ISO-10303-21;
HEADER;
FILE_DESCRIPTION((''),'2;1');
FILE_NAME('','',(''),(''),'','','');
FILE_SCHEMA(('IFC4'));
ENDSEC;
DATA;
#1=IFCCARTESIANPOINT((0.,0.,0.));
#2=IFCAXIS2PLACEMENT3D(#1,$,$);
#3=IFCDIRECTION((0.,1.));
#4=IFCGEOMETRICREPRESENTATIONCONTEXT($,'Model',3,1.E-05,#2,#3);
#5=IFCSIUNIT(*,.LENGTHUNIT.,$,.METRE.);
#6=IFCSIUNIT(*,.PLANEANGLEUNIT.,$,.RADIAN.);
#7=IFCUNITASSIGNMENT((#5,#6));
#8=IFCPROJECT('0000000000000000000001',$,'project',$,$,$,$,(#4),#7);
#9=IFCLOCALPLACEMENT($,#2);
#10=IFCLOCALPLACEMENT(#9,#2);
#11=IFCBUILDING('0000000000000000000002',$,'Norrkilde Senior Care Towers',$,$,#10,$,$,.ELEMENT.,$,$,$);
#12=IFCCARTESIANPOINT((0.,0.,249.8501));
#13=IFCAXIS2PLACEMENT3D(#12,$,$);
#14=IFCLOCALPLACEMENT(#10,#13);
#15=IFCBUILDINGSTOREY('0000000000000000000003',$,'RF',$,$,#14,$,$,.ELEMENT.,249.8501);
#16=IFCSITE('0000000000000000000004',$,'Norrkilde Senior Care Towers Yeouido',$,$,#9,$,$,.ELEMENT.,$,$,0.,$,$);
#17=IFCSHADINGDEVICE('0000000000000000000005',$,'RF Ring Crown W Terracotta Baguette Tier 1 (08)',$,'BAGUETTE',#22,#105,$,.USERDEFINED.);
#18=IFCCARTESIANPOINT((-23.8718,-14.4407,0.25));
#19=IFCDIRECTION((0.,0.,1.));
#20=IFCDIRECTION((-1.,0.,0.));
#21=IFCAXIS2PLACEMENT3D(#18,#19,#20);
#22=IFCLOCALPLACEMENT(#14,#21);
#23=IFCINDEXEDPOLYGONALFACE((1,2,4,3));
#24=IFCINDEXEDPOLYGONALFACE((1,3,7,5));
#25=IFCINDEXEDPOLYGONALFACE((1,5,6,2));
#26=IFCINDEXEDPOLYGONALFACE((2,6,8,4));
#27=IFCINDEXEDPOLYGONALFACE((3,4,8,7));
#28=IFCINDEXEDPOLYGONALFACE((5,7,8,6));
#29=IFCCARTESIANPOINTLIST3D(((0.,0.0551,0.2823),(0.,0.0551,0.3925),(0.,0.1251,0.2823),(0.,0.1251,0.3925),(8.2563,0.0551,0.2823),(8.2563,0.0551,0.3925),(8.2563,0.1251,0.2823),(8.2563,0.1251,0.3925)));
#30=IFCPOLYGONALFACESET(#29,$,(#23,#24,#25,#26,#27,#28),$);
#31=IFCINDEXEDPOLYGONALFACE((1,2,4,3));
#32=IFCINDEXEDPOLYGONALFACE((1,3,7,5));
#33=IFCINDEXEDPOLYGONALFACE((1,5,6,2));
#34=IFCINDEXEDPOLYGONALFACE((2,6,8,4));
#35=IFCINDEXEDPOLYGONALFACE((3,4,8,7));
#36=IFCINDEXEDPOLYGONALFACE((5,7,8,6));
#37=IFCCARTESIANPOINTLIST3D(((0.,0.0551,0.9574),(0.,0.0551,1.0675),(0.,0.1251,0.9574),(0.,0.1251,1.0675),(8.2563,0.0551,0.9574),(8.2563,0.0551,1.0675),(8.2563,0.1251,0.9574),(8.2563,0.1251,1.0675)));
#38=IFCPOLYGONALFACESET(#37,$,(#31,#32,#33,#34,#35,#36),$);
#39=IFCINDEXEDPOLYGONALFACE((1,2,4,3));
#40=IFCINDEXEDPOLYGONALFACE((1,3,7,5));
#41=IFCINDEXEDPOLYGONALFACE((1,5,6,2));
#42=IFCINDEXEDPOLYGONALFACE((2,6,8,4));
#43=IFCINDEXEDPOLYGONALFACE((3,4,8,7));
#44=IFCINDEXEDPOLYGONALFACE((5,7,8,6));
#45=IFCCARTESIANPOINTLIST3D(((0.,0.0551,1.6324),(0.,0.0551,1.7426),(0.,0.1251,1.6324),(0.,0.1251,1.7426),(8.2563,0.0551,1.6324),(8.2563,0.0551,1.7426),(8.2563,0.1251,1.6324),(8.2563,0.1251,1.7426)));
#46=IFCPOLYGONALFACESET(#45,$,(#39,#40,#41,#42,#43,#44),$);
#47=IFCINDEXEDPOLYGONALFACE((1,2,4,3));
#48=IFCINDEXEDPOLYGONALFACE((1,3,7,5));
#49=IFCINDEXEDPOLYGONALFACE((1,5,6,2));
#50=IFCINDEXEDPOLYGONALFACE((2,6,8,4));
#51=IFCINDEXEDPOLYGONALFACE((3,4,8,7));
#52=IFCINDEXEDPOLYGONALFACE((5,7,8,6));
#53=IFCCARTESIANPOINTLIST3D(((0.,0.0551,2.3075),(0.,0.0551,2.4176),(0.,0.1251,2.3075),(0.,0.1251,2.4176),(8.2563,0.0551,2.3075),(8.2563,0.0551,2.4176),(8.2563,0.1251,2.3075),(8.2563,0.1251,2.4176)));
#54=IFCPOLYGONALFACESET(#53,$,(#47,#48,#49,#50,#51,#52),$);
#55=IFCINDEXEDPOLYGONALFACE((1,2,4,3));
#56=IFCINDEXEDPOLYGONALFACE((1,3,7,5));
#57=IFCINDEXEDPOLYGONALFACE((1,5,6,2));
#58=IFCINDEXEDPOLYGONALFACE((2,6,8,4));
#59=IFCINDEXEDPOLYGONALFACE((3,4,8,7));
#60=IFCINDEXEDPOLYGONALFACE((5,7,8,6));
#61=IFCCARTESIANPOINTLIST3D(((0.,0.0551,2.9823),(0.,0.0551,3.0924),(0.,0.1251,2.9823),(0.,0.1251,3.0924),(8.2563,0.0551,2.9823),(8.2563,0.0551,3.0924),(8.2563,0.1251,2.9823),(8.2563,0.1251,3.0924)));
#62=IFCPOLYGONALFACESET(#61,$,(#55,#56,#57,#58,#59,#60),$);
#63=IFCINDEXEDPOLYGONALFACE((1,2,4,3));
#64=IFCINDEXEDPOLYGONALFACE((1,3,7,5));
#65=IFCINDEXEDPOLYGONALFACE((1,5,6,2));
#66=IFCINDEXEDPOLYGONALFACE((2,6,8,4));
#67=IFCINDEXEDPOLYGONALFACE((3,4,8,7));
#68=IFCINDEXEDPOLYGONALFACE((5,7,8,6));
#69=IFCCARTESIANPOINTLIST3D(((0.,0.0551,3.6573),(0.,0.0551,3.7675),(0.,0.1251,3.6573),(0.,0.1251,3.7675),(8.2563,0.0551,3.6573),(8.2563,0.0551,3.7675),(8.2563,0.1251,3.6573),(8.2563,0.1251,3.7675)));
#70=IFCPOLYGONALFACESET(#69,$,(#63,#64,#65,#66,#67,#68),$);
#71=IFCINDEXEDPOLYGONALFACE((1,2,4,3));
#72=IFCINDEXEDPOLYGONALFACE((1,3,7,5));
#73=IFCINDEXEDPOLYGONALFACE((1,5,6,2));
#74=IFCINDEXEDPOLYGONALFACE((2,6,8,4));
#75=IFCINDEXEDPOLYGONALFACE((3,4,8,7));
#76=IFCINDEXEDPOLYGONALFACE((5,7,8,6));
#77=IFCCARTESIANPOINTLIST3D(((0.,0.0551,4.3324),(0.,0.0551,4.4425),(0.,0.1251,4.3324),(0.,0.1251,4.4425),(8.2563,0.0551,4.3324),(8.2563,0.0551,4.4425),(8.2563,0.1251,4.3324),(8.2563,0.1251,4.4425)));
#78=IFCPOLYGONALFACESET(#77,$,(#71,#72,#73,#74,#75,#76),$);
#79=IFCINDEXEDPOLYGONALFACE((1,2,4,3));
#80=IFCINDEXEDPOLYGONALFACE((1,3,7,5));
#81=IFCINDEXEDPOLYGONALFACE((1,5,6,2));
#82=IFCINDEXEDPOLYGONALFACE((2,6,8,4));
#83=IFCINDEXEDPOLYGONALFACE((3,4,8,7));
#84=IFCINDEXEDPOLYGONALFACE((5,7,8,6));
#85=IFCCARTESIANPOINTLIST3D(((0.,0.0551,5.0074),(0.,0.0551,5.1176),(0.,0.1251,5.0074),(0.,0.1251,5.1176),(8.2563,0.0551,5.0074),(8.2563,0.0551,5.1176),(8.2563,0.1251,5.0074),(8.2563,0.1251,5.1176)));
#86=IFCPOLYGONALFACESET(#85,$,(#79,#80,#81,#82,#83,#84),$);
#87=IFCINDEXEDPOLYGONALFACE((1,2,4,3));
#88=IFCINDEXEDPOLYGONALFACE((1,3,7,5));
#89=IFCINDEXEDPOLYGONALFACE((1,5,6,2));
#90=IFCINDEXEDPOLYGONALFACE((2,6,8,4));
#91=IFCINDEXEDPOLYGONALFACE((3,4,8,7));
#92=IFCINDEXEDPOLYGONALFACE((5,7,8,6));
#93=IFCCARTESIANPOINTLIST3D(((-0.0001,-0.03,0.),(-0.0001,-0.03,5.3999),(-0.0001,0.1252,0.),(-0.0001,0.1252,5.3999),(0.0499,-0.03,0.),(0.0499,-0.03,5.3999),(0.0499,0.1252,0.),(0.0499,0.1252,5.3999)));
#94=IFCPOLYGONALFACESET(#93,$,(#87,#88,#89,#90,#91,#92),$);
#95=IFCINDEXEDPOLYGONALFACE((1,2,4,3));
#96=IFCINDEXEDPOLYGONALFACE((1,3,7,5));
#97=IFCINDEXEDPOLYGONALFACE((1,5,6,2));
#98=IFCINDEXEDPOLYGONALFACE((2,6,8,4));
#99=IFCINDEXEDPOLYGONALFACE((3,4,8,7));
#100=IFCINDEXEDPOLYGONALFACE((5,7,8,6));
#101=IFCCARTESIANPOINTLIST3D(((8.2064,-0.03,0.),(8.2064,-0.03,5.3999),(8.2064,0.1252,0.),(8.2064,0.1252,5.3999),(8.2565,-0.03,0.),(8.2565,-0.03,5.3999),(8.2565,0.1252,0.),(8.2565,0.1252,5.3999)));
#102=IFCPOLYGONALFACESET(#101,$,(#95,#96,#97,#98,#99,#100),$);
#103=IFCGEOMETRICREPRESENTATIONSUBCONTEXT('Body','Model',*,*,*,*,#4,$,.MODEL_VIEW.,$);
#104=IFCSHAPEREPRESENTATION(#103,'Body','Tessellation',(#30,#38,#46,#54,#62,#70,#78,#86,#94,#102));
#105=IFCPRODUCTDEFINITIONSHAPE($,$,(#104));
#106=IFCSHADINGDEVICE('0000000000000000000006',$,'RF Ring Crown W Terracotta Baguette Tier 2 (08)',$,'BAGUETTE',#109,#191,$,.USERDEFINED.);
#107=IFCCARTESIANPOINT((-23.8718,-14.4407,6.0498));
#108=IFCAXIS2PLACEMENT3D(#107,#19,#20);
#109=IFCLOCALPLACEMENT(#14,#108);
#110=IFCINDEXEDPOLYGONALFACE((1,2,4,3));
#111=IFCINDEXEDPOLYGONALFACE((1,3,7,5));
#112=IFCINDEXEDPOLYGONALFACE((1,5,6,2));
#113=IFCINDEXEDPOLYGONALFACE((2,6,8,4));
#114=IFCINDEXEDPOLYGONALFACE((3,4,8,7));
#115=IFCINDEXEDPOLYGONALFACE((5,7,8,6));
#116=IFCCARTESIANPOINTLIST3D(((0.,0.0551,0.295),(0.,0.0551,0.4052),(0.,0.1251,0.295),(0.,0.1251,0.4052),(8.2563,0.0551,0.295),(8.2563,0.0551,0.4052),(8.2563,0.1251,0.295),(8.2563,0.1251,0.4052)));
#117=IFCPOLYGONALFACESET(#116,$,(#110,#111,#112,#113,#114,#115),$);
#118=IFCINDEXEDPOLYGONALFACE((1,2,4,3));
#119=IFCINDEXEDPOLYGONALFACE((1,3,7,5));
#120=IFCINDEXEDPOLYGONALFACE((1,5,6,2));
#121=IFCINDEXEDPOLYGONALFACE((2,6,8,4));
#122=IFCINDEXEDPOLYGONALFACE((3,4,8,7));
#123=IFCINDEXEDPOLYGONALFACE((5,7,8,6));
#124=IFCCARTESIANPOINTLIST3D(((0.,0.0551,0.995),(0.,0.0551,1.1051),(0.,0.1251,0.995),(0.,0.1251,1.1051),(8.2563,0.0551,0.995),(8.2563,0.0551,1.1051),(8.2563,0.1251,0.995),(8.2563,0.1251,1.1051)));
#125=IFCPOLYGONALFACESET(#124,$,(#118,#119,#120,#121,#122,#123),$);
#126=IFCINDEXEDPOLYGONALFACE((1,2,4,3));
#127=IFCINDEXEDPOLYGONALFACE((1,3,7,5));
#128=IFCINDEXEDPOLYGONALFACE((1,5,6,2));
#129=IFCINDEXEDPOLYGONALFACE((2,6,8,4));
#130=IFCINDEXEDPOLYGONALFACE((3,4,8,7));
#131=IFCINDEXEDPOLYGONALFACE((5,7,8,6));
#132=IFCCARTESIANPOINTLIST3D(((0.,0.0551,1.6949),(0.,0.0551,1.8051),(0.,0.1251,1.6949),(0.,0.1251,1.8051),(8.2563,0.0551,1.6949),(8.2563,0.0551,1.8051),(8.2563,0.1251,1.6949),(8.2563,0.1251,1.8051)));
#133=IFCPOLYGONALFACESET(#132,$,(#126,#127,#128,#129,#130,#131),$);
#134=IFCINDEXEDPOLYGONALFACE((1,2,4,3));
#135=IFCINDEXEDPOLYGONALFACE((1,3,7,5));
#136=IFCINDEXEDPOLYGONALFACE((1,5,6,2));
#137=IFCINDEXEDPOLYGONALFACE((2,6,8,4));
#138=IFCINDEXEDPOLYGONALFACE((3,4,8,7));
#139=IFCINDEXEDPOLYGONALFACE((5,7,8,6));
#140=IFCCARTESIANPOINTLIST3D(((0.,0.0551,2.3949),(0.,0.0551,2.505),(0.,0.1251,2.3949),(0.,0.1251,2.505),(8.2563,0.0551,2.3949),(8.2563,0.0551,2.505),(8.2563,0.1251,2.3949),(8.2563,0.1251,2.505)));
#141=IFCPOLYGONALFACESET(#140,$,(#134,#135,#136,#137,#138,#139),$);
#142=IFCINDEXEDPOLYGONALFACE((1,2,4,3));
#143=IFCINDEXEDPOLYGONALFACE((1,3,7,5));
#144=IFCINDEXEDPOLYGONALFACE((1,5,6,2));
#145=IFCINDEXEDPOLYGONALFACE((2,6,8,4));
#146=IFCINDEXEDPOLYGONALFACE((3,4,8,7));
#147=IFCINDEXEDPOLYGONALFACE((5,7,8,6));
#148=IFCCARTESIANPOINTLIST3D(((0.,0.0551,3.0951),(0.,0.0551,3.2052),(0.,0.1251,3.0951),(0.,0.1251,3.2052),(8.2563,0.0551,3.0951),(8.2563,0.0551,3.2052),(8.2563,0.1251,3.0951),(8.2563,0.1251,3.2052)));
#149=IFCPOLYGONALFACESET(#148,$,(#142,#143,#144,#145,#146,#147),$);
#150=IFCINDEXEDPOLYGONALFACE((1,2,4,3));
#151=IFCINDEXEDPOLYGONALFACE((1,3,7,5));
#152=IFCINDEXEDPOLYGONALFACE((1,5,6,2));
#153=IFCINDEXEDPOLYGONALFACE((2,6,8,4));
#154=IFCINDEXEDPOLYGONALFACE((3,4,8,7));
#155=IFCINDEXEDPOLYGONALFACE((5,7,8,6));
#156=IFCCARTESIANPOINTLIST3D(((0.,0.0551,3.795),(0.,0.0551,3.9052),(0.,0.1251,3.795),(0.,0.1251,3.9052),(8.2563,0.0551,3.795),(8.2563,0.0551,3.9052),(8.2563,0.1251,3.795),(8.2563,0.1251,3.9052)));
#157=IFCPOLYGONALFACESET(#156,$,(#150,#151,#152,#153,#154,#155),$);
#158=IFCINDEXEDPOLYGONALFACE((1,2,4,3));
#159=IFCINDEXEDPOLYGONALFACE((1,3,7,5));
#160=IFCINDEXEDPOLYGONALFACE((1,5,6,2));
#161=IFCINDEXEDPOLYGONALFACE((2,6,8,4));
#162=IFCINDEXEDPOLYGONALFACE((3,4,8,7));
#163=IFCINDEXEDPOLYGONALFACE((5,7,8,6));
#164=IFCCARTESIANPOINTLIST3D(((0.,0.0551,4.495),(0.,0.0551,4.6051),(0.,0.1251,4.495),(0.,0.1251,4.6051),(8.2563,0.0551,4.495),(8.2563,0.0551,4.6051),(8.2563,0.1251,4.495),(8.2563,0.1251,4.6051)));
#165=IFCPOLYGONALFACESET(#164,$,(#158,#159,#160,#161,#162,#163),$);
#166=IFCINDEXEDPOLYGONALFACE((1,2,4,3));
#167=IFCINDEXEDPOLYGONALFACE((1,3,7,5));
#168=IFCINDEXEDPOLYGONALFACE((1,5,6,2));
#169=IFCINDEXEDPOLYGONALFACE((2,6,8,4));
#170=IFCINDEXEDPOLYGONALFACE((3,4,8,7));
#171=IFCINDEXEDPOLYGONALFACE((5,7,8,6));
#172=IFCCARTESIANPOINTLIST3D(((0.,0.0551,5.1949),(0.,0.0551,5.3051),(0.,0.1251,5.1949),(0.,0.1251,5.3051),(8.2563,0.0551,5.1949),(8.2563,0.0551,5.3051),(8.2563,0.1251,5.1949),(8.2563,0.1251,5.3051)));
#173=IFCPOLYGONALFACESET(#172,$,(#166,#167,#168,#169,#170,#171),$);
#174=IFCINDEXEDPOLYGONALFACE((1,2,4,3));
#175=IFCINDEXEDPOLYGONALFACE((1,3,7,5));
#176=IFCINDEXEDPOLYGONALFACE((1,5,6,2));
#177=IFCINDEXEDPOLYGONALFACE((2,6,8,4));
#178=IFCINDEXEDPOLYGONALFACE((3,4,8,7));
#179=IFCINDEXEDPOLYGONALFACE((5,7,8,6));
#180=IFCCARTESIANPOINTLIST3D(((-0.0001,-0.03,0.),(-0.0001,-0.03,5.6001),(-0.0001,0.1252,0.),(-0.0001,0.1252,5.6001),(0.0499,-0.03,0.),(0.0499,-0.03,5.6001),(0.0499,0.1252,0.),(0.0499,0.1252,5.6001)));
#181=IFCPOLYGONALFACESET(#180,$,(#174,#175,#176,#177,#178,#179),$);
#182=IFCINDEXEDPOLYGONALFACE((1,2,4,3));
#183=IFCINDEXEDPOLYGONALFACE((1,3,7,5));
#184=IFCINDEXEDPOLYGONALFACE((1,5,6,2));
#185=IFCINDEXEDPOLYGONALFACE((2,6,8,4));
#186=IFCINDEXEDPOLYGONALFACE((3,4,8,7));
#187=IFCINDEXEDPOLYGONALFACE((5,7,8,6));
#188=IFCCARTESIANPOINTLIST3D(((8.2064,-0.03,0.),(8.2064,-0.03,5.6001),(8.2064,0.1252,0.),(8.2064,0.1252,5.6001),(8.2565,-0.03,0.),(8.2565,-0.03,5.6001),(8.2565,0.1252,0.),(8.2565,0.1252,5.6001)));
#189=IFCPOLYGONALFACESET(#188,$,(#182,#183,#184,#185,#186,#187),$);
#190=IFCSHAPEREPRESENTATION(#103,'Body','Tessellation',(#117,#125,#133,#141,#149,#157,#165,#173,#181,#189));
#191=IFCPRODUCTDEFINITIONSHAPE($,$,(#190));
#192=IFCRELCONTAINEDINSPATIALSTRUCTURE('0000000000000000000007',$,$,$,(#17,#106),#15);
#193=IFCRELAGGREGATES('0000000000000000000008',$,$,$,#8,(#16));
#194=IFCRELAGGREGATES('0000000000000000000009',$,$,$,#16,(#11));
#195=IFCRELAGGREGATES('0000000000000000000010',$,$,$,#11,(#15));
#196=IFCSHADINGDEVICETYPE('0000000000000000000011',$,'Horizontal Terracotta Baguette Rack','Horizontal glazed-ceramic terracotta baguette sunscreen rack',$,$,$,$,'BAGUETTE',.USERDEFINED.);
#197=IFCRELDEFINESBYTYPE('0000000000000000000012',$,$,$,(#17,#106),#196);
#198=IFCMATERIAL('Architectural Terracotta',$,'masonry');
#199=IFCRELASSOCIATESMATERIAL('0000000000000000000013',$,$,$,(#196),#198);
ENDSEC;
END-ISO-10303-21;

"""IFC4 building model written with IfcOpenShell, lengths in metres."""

from ifc_helpers import new_model, si_unit, direction, frame, origin, origin_2d, place, context, subcontext, project, spatial, rectangle, extrude, source, transform, mapped, material, type_object, type_shapes, element, save


model = new_model("IFC4")

# Units and contexts
model_context = context("Model", 3, precision=1e-05, world=origin(), true_north=direction((0.0, 1.0)))
body_context = subcontext(model_context, "Body", "Model", "MODEL_VIEW")
ifc_project = project(units=[si_unit("LENGTHUNIT", "METRE"), si_unit("PLANEANGLEUNIT", "RADIAN")], contexts=[model_context])

# Site, building, storey
site_placement = place(None, origin())
site = spatial("IfcSite", under=ifc_project, at=site_placement, Name="Norrkilde Senior Care Towers Yeouido", CompositionType="ELEMENT", RefElevation=0.0)
building_placement = place(site_placement, origin())
building = spatial("IfcBuilding", under=site, at=building_placement, Name="Norrkilde Senior Care Towers", CompositionType="ELEMENT")
storey_placement = place(building_placement, frame((0.0, 0.0, 249.8501)))
storey = spatial("IfcBuildingStorey", under=building, at=storey_placement, Name="RF", CompositionType="ELEMENT", Elevation=249.8501)

# Shared definitions
ifc_material_1 = material(Name="Architectural Terracotta", Category="masonry")

# Shading devices
shading_device_type = type_object("IfcShadingDeviceType", Name="Horizontal Terracotta Baguette Rack", Description="Horizontal glazed-ceramic terracotta baguette sunscreen rack", ElementType="BAGUETTE", PredefinedType="USERDEFINED", material=ifc_material_1)
shared_shape_1 = source(origin(), body_context, "Body", "SweptSolid", [
    extrude(rectangle(XDim=0.0701, YDim=0.1101, at=origin_2d()), frame((0.0, 0.0901, 0.3374), z_axis=(1.0, 0.0, 0.0), x_axis=(0.0, 1.0, 0.0)), (0.0, 0.0, 1.0), 8.2563),
    extrude(rectangle(XDim=0.0701, YDim=0.1101, at=origin_2d()), frame((0.0, 0.0901, 1.0125), z_axis=(1.0, 0.0, 0.0), x_axis=(0.0, 1.0, 0.0)), (0.0, 0.0, 1.0), 8.2563),
    extrude(rectangle(XDim=0.0701, YDim=0.1101, at=origin_2d()), frame((0.0, 0.0901, 1.6875), z_axis=(1.0, 0.0, 0.0), x_axis=(0.0, 1.0, 0.0)), (0.0, 0.0, 1.0), 8.2563),
    extrude(rectangle(XDim=0.0701, YDim=0.1101, at=origin_2d()), frame((0.0, 0.0901, 2.3625), z_axis=(1.0, 0.0, 0.0), x_axis=(0.0, 1.0, 0.0)), (0.0, 0.0, 1.0), 8.2563),
    extrude(rectangle(XDim=0.0701, YDim=0.1101, at=origin_2d()), frame((0.0, 0.0901, 3.0374), z_axis=(1.0, 0.0, 0.0), x_axis=(0.0, 1.0, 0.0)), (0.0, 0.0, 1.0), 8.2563),
    extrude(rectangle(XDim=0.0701, YDim=0.1101, at=origin_2d()), frame((0.0, 0.0901, 3.7124), z_axis=(1.0, 0.0, 0.0), x_axis=(0.0, 1.0, 0.0)), (0.0, 0.0, 1.0), 8.2563),
    extrude(rectangle(XDim=0.0701, YDim=0.1101, at=origin_2d()), frame((0.0, 0.0901, 4.3875), z_axis=(1.0, 0.0, 0.0), x_axis=(0.0, 1.0, 0.0)), (0.0, 0.0, 1.0), 8.2563),
    extrude(rectangle(XDim=0.0701, YDim=0.1101, at=origin_2d()), frame((0.0, 0.0901, 5.0625), z_axis=(1.0, 0.0, 0.0), x_axis=(0.0, 1.0, 0.0)), (0.0, 0.0, 1.0), 8.2563),
    extrude(rectangle(XDim=0.05, YDim=0.1553, at=origin_2d()), frame((0.0249, 0.0476, 0.0)), (0.0, 0.0, 1.0), 5.3999),
    extrude(rectangle(XDim=0.05, YDim=0.1553, at=origin_2d()), frame((8.2314, 0.0476, 0.0)), (0.0, 0.0, 1.0), 5.3999),
])
shading_device_1_placement = place(storey_placement, frame((-23.8718, -14.4407, 0.25), z_axis=(0.0, 0.0, 1.0), x_axis=(-1.0, 0.0, 0.0)))
element("IfcShadingDevice", 1, at=shading_device_1_placement, inside=storey, type_object=shading_device_type, Name="RF Ring Crown W Terracotta Baguette Tier 1 (08)", ObjectType="BAGUETTE", PredefinedType="USERDEFINED", context=body_context, shape_type="MappedRepresentation", body=[
    mapped(shared_shape_1, transform((0.0, 0.0, 0.0), x_axis=(1.0, 0.0, 0.0), y_axis=(0.0, 1.0, 0.0), z_axis=(0.0, 0.0, 1.0), scale=1.0)),
])
shared_shape_2 = source(origin(), body_context, "Body", "SweptSolid", [
    extrude(rectangle(XDim=0.0701, YDim=0.1101, at=origin_2d()), frame((0.0, 0.0901, 0.3501), z_axis=(1.0, 0.0, 0.0), x_axis=(0.0, 1.0, 0.0)), (0.0, 0.0, 1.0), 8.2563),
    extrude(rectangle(XDim=0.0701, YDim=0.1101, at=origin_2d()), frame((0.0, 0.0901, 1.05), z_axis=(1.0, 0.0, 0.0), x_axis=(0.0, 1.0, 0.0)), (0.0, 0.0, 1.0), 8.2563),
    extrude(rectangle(XDim=0.0701, YDim=0.1101, at=origin_2d()), frame((0.0, 0.0901, 1.75), z_axis=(1.0, 0.0, 0.0), x_axis=(0.0, 1.0, 0.0)), (0.0, 0.0, 1.0), 8.2563),
    extrude(rectangle(XDim=0.0701, YDim=0.1101, at=origin_2d()), frame((0.0, 0.0901, 2.45), z_axis=(1.0, 0.0, 0.0), x_axis=(0.0, 1.0, 0.0)), (0.0, 0.0, 1.0), 8.2563),
    extrude(rectangle(XDim=0.0701, YDim=0.1101, at=origin_2d()), frame((0.0, 0.0901, 3.1501), z_axis=(1.0, 0.0, 0.0), x_axis=(0.0, 1.0, 0.0)), (0.0, 0.0, 1.0), 8.2563),
    extrude(rectangle(XDim=0.0701, YDim=0.1101, at=origin_2d()), frame((0.0, 0.0901, 3.8501), z_axis=(1.0, 0.0, 0.0), x_axis=(0.0, 1.0, 0.0)), (0.0, 0.0, 1.0), 8.2563),
    extrude(rectangle(XDim=0.0701, YDim=0.1101, at=origin_2d()), frame((0.0, 0.0901, 4.55), z_axis=(1.0, 0.0, 0.0), x_axis=(0.0, 1.0, 0.0)), (0.0, 0.0, 1.0), 8.2563),
    extrude(rectangle(XDim=0.0701, YDim=0.1101, at=origin_2d()), frame((0.0, 0.0901, 5.25), z_axis=(1.0, 0.0, 0.0), x_axis=(0.0, 1.0, 0.0)), (0.0, 0.0, 1.0), 8.2563),
    extrude(rectangle(XDim=0.05, YDim=0.1553, at=origin_2d()), frame((0.0249, 0.0476, 0.0)), (0.0, 0.0, 1.0), 5.6001),
    extrude(rectangle(XDim=0.05, YDim=0.1553, at=origin_2d()), frame((8.2314, 0.0476, 0.0)), (0.0, 0.0, 1.0), 5.6001),
])
type_shapes(shading_device_type, [shared_shape_1, shared_shape_2])
shading_device_2_placement = place(storey_placement, frame((-23.8718, -14.4407, 6.0498), z_axis=(0.0, 0.0, 1.0), x_axis=(-1.0, 0.0, 0.0)))
element("IfcShadingDevice", 2, at=shading_device_2_placement, inside=storey, type_object=shading_device_type, Name="RF Ring Crown W Terracotta Baguette Tier 2 (08)", ObjectType="BAGUETTE", PredefinedType="USERDEFINED", context=body_context, shape_type="MappedRepresentation", body=[
    mapped(shared_shape_2, transform((0.0, 0.0, 0.0), x_axis=(1.0, 0.0, 0.0), y_axis=(0.0, 1.0, 0.0), z_axis=(0.0, 0.0, 1.0), scale=1.0)),
])

save(model, "model.ifc")
